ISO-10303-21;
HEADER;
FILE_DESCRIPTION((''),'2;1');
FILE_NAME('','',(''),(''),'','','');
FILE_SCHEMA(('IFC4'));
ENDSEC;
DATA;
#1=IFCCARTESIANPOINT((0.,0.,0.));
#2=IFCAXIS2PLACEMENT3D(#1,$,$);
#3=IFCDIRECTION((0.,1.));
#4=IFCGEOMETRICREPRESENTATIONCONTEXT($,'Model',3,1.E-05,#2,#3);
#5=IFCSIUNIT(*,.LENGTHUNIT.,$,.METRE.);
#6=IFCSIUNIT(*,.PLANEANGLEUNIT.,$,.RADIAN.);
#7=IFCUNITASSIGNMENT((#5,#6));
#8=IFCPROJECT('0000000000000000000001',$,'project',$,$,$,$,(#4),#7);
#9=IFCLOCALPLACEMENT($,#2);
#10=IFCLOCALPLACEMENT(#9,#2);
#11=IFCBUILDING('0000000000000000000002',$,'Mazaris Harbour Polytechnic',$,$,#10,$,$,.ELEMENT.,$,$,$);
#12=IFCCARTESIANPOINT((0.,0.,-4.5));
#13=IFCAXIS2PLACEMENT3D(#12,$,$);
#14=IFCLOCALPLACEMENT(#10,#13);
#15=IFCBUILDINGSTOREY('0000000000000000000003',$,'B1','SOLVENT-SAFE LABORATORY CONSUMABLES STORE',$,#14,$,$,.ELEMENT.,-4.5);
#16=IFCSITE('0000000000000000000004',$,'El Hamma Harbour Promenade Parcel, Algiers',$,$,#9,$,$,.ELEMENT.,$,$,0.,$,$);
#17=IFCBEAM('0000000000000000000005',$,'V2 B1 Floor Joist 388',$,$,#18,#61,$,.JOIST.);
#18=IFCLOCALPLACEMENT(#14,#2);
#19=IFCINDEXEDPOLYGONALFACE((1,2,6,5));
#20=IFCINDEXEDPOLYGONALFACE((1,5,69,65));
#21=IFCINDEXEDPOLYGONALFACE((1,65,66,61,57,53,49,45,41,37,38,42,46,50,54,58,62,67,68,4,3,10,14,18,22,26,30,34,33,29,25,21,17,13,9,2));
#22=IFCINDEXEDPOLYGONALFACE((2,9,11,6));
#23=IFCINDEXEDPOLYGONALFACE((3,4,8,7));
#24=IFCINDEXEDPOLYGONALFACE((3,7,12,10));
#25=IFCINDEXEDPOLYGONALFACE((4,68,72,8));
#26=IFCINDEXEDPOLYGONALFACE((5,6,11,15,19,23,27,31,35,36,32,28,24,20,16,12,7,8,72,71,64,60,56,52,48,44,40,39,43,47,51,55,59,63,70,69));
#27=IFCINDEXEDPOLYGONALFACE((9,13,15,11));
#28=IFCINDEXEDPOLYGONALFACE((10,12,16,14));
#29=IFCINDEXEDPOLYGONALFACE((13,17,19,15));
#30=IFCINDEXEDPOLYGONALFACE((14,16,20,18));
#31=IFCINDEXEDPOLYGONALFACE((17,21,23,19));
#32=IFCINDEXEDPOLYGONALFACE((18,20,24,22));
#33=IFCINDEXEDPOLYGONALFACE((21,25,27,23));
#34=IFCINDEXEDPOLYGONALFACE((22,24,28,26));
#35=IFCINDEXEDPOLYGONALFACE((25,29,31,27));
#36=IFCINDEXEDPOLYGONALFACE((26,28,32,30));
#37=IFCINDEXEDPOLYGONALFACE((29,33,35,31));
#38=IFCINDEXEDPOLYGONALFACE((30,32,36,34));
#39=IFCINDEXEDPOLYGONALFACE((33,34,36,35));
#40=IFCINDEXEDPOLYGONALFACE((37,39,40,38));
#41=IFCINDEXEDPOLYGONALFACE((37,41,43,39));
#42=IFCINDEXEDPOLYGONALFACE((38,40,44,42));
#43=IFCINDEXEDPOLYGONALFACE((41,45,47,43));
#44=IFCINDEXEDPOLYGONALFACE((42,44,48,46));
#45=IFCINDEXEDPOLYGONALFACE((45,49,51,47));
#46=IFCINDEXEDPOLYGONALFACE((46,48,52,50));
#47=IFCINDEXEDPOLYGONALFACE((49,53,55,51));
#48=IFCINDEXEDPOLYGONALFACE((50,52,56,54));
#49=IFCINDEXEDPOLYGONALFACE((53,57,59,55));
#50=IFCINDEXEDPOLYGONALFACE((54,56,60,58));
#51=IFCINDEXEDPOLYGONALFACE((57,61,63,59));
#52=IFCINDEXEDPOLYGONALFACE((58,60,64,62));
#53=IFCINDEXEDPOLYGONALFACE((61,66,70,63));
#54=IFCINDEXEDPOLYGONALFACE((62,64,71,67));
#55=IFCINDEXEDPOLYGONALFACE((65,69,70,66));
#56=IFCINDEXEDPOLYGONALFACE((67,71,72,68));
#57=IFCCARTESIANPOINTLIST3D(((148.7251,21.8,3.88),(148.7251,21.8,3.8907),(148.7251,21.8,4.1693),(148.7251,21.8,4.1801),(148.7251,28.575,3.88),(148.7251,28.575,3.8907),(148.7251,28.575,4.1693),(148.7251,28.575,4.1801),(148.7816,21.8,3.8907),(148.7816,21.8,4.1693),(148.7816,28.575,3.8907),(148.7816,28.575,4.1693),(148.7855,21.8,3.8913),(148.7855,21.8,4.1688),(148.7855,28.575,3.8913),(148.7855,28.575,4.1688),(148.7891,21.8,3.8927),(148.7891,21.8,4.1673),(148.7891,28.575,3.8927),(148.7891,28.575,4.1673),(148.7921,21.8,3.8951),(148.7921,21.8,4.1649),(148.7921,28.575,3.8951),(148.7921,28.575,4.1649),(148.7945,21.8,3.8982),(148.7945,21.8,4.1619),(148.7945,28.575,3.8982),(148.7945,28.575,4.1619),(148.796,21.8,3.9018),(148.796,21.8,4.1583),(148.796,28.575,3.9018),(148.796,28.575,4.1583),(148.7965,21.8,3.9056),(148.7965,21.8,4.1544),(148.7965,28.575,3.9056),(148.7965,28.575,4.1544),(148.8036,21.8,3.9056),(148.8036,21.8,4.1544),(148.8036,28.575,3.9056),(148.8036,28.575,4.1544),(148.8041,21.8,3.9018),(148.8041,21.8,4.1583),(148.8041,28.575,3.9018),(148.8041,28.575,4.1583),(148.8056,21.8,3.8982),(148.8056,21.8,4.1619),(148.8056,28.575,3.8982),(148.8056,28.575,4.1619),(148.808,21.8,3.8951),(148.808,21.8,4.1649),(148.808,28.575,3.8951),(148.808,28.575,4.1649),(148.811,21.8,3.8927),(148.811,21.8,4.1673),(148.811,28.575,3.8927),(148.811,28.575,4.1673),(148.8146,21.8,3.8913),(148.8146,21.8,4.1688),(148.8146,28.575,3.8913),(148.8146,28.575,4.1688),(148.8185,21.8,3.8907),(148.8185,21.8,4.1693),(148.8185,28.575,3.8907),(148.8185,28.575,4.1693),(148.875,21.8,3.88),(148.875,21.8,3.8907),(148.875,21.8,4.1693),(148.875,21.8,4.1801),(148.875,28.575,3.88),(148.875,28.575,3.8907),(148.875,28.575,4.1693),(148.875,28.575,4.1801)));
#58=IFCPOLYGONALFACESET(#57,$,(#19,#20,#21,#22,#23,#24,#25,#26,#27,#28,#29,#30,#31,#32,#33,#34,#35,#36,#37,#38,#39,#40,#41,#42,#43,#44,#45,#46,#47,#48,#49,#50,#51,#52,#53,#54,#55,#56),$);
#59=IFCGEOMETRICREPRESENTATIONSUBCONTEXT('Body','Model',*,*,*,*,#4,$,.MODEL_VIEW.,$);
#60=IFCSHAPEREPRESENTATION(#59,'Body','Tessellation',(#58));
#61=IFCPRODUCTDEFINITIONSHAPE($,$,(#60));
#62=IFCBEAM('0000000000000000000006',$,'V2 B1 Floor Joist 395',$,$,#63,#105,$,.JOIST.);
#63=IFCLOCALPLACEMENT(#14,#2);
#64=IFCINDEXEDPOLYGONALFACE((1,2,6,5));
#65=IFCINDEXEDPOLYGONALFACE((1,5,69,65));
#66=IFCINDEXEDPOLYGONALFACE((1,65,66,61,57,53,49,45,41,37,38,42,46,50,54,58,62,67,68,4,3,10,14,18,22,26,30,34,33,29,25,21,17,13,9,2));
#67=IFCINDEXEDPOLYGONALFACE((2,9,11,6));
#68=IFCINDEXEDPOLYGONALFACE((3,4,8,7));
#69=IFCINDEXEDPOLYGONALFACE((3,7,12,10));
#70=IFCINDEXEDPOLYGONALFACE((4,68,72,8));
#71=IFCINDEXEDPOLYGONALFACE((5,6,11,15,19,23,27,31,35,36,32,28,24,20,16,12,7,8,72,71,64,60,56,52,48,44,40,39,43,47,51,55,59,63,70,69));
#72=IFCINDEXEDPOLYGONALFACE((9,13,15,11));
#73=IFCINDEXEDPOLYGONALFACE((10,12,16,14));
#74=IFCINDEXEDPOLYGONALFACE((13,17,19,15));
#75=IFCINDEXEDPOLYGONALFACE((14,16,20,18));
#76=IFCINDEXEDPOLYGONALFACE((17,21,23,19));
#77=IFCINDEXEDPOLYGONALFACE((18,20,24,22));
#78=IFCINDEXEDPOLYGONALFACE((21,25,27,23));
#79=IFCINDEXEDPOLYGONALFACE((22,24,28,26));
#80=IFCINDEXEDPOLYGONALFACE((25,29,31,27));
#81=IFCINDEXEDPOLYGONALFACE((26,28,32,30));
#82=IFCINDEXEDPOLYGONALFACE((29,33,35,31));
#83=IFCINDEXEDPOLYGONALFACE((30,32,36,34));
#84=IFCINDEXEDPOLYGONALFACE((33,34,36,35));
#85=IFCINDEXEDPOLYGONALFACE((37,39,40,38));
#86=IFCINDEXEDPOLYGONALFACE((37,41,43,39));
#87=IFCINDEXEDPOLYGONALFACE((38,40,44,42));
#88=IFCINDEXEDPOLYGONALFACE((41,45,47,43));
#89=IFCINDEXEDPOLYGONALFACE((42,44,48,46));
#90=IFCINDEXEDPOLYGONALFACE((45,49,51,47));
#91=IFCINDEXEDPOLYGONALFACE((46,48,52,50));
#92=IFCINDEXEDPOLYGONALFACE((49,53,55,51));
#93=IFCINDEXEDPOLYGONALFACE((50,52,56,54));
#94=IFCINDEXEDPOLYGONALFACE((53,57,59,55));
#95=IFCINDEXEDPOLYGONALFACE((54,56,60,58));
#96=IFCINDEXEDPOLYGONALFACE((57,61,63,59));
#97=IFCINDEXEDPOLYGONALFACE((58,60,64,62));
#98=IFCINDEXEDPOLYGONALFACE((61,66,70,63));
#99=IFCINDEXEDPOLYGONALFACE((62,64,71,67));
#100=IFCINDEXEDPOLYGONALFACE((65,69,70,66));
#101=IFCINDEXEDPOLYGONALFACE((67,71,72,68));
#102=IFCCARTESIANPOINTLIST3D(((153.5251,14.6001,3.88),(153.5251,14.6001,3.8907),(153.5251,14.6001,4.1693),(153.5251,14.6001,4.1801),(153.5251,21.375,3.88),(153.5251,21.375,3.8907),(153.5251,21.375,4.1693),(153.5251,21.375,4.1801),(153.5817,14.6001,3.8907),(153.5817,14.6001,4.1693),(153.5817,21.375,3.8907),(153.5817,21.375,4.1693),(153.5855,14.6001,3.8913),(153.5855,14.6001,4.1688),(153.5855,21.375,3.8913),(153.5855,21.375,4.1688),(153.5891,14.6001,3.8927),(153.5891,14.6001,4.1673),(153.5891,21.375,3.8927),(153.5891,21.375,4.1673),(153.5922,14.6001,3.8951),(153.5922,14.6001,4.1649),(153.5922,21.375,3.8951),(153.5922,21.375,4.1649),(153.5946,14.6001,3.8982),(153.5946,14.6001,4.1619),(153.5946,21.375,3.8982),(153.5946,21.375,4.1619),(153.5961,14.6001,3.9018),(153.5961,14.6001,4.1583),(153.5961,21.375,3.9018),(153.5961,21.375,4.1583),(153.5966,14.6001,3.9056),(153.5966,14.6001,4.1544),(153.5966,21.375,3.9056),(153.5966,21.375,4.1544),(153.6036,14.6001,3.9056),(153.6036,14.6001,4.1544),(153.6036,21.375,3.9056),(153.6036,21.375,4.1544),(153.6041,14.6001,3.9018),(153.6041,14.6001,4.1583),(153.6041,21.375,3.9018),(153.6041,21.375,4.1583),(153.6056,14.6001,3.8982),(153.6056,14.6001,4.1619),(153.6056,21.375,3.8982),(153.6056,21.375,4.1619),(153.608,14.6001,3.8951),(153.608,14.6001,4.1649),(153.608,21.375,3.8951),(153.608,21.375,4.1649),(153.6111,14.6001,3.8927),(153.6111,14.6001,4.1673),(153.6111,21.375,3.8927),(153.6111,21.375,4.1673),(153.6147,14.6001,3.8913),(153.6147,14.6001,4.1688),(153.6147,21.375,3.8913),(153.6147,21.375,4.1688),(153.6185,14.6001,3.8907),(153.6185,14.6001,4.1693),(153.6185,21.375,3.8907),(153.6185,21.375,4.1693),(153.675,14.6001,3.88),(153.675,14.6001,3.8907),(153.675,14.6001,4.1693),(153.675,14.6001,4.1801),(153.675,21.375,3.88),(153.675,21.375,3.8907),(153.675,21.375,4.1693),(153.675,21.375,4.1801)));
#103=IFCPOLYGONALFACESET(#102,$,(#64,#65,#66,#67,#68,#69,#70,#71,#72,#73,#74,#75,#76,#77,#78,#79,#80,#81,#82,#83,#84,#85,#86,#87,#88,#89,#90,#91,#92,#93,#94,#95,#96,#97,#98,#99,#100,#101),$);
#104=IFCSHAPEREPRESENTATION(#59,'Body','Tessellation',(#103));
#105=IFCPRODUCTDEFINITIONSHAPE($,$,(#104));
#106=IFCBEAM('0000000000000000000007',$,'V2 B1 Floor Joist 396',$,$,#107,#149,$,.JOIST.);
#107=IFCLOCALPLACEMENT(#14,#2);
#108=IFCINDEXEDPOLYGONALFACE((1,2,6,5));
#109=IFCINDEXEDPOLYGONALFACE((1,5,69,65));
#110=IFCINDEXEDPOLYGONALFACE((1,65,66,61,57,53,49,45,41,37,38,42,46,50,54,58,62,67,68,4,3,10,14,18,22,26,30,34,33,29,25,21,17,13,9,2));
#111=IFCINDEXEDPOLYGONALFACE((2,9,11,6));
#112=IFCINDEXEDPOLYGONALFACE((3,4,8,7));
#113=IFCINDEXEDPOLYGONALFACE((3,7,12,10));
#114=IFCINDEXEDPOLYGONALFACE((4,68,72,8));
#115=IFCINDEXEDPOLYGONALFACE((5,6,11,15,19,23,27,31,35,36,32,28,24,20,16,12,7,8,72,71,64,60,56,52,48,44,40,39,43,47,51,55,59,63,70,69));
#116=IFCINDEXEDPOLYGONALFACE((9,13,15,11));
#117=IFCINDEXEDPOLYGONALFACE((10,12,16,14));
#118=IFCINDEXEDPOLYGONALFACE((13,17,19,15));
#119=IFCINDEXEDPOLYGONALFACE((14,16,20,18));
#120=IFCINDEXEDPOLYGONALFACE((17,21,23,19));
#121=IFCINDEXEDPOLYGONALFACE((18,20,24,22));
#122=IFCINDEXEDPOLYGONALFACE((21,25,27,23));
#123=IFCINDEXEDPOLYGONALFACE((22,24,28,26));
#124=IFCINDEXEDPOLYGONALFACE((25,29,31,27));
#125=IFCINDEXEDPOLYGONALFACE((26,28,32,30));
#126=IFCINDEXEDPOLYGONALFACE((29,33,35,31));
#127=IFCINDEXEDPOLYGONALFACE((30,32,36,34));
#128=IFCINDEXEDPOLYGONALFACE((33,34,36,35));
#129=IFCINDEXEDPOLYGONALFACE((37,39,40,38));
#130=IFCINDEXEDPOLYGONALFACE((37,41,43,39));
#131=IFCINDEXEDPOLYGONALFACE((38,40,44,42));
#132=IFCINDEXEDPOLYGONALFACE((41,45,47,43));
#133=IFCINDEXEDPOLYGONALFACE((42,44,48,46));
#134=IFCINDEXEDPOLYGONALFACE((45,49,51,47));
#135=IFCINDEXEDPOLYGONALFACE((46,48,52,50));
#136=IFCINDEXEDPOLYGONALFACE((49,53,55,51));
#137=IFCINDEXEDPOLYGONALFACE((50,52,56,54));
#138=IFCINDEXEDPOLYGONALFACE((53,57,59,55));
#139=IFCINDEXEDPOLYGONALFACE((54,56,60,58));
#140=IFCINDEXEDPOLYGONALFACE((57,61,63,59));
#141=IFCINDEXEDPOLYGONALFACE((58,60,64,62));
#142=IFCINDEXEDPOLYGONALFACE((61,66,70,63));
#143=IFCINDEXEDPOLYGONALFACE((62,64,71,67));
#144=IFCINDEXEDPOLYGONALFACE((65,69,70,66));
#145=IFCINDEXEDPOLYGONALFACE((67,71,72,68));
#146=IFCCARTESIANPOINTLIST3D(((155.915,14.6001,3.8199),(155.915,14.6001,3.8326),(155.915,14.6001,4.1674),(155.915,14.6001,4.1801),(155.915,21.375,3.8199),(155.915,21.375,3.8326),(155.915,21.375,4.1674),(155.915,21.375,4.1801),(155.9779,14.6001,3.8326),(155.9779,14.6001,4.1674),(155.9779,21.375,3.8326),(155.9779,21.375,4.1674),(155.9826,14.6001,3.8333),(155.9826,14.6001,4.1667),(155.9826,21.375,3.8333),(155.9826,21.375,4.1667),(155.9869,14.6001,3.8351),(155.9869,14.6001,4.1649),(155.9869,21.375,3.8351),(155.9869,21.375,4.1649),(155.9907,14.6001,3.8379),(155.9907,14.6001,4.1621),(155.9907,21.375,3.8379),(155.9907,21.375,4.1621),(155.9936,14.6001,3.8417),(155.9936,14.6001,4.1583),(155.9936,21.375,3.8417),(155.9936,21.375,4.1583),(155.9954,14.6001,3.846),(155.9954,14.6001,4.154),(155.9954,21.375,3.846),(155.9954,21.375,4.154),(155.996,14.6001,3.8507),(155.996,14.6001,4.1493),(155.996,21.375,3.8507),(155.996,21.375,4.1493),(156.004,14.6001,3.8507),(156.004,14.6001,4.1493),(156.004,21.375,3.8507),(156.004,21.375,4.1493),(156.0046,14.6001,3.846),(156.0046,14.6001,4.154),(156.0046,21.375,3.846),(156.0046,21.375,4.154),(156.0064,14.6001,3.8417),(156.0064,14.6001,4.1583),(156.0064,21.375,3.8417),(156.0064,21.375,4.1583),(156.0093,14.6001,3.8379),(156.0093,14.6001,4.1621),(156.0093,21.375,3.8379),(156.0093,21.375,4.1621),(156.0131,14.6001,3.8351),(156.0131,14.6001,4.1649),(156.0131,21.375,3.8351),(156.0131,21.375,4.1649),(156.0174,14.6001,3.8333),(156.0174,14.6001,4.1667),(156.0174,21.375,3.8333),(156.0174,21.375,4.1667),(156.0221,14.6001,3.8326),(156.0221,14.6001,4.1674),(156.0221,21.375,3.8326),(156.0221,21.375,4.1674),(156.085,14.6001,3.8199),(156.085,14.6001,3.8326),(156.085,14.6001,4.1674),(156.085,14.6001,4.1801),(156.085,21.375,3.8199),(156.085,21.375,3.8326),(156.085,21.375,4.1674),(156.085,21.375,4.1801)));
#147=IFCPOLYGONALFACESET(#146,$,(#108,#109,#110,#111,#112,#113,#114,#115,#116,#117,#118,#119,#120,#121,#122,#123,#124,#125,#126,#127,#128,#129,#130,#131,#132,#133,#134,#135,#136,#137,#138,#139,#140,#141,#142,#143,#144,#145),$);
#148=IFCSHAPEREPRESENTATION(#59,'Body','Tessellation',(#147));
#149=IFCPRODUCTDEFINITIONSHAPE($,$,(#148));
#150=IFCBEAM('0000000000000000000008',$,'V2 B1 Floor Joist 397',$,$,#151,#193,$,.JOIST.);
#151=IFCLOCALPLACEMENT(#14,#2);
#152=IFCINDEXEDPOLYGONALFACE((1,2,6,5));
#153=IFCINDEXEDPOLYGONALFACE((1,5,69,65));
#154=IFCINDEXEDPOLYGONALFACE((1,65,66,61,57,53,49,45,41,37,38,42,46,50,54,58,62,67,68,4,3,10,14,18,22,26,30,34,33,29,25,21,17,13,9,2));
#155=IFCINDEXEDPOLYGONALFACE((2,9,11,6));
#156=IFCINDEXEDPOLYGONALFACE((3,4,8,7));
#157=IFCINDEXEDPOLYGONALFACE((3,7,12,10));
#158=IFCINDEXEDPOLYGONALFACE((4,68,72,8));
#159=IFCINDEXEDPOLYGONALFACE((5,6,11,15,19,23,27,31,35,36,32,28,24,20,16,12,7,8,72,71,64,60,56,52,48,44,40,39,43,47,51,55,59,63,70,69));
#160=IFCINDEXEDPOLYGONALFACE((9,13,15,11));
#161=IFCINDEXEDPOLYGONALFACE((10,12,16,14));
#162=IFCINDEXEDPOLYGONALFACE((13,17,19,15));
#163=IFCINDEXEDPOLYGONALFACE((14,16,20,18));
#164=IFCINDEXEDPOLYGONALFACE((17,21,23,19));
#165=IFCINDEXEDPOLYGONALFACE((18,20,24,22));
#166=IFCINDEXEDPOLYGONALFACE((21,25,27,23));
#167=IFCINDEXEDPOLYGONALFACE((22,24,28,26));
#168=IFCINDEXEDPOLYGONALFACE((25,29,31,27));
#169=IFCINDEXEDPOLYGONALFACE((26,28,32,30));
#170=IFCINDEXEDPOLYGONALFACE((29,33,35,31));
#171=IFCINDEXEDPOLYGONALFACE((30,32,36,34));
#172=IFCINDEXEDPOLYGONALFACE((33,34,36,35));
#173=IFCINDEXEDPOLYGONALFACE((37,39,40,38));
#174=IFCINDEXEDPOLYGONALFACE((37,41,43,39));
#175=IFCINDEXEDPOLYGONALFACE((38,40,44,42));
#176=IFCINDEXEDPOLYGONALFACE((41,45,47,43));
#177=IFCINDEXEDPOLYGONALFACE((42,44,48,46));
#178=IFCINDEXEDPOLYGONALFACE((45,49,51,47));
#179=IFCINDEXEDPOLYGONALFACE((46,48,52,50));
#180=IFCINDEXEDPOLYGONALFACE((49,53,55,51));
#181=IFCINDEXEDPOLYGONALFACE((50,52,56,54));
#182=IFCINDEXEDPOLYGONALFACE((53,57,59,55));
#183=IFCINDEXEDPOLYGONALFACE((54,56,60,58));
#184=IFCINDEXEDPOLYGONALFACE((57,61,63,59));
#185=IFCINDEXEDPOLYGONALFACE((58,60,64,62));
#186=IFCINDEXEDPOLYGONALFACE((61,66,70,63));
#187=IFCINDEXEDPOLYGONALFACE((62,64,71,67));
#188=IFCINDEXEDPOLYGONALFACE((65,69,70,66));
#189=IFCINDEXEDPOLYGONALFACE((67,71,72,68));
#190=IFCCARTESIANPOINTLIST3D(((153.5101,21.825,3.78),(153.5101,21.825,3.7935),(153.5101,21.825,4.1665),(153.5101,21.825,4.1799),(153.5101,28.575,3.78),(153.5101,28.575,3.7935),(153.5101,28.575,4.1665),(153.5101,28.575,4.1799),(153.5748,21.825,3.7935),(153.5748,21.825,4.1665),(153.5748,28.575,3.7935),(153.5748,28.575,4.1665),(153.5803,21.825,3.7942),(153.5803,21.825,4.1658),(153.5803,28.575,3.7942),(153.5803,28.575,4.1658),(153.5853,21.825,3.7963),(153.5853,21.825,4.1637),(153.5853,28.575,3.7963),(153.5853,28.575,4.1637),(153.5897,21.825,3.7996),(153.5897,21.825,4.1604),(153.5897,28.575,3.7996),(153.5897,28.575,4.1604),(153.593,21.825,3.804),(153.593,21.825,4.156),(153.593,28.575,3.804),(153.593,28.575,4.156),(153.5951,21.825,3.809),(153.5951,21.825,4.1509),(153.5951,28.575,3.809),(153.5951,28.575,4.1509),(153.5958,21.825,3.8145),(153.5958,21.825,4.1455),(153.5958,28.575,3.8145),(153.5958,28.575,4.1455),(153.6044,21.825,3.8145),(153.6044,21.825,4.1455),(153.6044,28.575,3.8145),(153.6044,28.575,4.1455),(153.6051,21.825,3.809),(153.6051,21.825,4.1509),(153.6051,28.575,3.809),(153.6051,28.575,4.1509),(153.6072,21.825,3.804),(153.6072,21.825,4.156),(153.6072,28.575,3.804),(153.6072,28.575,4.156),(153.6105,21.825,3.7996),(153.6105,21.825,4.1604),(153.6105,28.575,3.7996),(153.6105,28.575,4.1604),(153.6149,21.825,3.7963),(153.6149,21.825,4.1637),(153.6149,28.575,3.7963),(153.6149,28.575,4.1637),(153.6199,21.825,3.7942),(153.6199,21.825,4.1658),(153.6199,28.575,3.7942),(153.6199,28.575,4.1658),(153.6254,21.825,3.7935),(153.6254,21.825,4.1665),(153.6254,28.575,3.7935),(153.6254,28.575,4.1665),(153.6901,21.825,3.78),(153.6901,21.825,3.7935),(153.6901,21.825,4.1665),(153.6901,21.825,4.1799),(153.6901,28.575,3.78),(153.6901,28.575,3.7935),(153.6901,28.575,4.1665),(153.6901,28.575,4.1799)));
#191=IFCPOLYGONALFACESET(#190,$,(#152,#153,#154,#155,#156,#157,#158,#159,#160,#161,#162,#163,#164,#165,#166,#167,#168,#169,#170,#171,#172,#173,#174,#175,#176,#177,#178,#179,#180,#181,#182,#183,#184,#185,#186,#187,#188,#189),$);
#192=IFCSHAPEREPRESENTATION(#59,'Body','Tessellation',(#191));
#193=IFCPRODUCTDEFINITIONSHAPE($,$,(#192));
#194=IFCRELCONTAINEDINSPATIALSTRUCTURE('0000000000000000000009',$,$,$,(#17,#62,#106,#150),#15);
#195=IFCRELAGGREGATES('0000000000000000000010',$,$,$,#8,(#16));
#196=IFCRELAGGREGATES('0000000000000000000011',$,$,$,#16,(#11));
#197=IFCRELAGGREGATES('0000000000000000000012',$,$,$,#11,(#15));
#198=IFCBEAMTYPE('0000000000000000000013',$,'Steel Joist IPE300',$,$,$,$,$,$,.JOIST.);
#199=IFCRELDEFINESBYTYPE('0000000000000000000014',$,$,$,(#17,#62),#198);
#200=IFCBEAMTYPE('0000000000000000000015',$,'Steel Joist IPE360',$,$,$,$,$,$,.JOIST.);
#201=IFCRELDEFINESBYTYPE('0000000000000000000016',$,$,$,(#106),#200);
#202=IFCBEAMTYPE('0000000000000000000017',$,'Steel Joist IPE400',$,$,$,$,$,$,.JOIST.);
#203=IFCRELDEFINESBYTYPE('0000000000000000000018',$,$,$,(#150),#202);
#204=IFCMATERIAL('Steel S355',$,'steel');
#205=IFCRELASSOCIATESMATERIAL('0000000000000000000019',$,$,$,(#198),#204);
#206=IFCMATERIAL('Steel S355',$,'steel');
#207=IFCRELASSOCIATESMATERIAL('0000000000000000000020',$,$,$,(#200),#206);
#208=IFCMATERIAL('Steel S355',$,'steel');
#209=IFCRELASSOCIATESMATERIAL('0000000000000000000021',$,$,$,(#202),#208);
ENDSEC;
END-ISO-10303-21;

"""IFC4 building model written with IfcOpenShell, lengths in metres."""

from ifc_helpers import new_model, si_unit, direction, frame, origin, origin_2d, place, context, subcontext, project, spatial, i_section, extrude, material, material_profile, profile_set, type_object, element, save


model = new_model("IFC4")

# Units and contexts
model_context = context("Model", 3, precision=1e-05, world=origin(), true_north=direction((0.0, 1.0)))
body_context = subcontext(model_context, "Body", "Model", "MODEL_VIEW")
ifc_project = project(units=[si_unit("LENGTHUNIT", "METRE"), si_unit("PLANEANGLEUNIT", "RADIAN")], contexts=[model_context])

# Site, building, storey
site_placement = place(None, origin())
site = spatial("IfcSite", under=ifc_project, at=site_placement, Name="El Hamma Harbour Promenade Parcel, Algiers", CompositionType="ELEMENT", RefElevation=0.0)
building_placement = place(site_placement, origin())
building = spatial("IfcBuilding", under=site, at=building_placement, Name="Mazaris Harbour Polytechnic", CompositionType="ELEMENT")
storey_placement = place(building_placement, frame((0.0, 0.0, -4.5)))
storey = spatial("IfcBuildingStorey", under=building, at=storey_placement, Name="B1", Description="SOLVENT-SAFE LABORATORY CONSUMABLES STORE", CompositionType="ELEMENT", Elevation=-4.5)

# Beams
ifc_material_1 = material(Name="Steel S355", Category="steel")
ifc_material_profile_1 = material_profile(ifc_material_1, i_section(OverallWidth=0.1499, OverallDepth=0.3, WebThickness=0.0071, FlangeThickness=0.0107, FilletRadius=0.0149, at=origin_2d()), Name="IPE 300")
ifc_profile_set_1 = profile_set([ifc_material_profile_1], Name="Steel S355")
beam_type_1 = type_object("IfcBeamType", Name="Steel Joist IPE300", PredefinedType="JOIST", material=ifc_profile_set_1)
for number, where, z_axis, x_axis, name in (
    (1, (148.8, 21.8, 4.03), (0.0, 1.0, 0.0), (-1.0, 0.0, 0.0), "V2 B1 Floor Joist 388"),
    (2, (153.6001, 14.6001, 4.03), (0.0, 1.0, 0.0), (-1.0, 0.0, 0.0), "V2 B1 Floor Joist 395"),
):
    element("IfcBeam", number, at=place(storey_placement, frame(where, z_axis=z_axis, x_axis=x_axis)), inside=storey, type_object=beam_type_1, Name=name, PredefinedType="JOIST", context=body_context, shape_type="SweptSolid", body=[
        extrude(i_section(OverallWidth=0.1499, OverallDepth=0.3, WebThickness=0.0071, FlangeThickness=0.0107, FilletRadius=0.0149, at=origin_2d()), origin(), (0.0, 0.0, 1.0), 6.7749),
    ])
ifc_material_2 = material(Name="Steel S355", Category="steel")
ifc_material_profile_2 = material_profile(ifc_material_2, i_section(OverallWidth=0.1699, OverallDepth=0.3601, WebThickness=0.0081, FlangeThickness=0.0127, FilletRadius=0.0181, at=origin_2d()), Name="IPE 360")
ifc_profile_set_2 = profile_set([ifc_material_profile_2], Name="Steel S355")
beam_type_2 = type_object("IfcBeamType", Name="Steel Joist IPE360", PredefinedType="JOIST", material=ifc_profile_set_2)
beam_1_placement = place(storey_placement, frame((156.0, 14.6001, 4.0), z_axis=(0.0, 1.0, 0.0), x_axis=(-1.0, 0.0, 0.0)))
element("IfcBeam", 3, at=beam_1_placement, inside=storey, type_object=beam_type_2, Name="V2 B1 Floor Joist 396", PredefinedType="JOIST", context=body_context, shape_type="SweptSolid", body=[
    extrude(i_section(OverallWidth=0.1699, OverallDepth=0.3601, WebThickness=0.0081, FlangeThickness=0.0127, FilletRadius=0.0181, at=origin_2d()), origin(), (0.0, 0.0, 1.0), 6.7749),
])
ifc_material_3 = material(Name="Steel S355", Category="steel")
ifc_material_profile_3 = material_profile(ifc_material_3, i_section(OverallWidth=0.1799, OverallDepth=0.3999, WebThickness=0.0085, FlangeThickness=0.0134, FilletRadius=0.021, at=origin_2d()), Name="IPE 400")
ifc_profile_set_3 = profile_set([ifc_material_profile_3], Name="Steel S355")
beam_type_3 = type_object("IfcBeamType", Name="Steel Joist IPE400", PredefinedType="JOIST", material=ifc_profile_set_3)
beam_2_placement = place(storey_placement, frame((153.6001, 21.825, 3.98), z_axis=(0.0, 1.0, 0.0), x_axis=(-1.0, 0.0, 0.0)))
element("IfcBeam", 4, at=beam_2_placement, inside=storey, type_object=beam_type_3, Name="V2 B1 Floor Joist 397", PredefinedType="JOIST", context=body_context, shape_type="SweptSolid", body=[
    extrude(i_section(OverallWidth=0.1799, OverallDepth=0.3999, WebThickness=0.0085, FlangeThickness=0.0134, FilletRadius=0.021, at=origin_2d()), origin(), (0.0, 0.0, 1.0), 6.75),
])

save(model, "model.ifc")
